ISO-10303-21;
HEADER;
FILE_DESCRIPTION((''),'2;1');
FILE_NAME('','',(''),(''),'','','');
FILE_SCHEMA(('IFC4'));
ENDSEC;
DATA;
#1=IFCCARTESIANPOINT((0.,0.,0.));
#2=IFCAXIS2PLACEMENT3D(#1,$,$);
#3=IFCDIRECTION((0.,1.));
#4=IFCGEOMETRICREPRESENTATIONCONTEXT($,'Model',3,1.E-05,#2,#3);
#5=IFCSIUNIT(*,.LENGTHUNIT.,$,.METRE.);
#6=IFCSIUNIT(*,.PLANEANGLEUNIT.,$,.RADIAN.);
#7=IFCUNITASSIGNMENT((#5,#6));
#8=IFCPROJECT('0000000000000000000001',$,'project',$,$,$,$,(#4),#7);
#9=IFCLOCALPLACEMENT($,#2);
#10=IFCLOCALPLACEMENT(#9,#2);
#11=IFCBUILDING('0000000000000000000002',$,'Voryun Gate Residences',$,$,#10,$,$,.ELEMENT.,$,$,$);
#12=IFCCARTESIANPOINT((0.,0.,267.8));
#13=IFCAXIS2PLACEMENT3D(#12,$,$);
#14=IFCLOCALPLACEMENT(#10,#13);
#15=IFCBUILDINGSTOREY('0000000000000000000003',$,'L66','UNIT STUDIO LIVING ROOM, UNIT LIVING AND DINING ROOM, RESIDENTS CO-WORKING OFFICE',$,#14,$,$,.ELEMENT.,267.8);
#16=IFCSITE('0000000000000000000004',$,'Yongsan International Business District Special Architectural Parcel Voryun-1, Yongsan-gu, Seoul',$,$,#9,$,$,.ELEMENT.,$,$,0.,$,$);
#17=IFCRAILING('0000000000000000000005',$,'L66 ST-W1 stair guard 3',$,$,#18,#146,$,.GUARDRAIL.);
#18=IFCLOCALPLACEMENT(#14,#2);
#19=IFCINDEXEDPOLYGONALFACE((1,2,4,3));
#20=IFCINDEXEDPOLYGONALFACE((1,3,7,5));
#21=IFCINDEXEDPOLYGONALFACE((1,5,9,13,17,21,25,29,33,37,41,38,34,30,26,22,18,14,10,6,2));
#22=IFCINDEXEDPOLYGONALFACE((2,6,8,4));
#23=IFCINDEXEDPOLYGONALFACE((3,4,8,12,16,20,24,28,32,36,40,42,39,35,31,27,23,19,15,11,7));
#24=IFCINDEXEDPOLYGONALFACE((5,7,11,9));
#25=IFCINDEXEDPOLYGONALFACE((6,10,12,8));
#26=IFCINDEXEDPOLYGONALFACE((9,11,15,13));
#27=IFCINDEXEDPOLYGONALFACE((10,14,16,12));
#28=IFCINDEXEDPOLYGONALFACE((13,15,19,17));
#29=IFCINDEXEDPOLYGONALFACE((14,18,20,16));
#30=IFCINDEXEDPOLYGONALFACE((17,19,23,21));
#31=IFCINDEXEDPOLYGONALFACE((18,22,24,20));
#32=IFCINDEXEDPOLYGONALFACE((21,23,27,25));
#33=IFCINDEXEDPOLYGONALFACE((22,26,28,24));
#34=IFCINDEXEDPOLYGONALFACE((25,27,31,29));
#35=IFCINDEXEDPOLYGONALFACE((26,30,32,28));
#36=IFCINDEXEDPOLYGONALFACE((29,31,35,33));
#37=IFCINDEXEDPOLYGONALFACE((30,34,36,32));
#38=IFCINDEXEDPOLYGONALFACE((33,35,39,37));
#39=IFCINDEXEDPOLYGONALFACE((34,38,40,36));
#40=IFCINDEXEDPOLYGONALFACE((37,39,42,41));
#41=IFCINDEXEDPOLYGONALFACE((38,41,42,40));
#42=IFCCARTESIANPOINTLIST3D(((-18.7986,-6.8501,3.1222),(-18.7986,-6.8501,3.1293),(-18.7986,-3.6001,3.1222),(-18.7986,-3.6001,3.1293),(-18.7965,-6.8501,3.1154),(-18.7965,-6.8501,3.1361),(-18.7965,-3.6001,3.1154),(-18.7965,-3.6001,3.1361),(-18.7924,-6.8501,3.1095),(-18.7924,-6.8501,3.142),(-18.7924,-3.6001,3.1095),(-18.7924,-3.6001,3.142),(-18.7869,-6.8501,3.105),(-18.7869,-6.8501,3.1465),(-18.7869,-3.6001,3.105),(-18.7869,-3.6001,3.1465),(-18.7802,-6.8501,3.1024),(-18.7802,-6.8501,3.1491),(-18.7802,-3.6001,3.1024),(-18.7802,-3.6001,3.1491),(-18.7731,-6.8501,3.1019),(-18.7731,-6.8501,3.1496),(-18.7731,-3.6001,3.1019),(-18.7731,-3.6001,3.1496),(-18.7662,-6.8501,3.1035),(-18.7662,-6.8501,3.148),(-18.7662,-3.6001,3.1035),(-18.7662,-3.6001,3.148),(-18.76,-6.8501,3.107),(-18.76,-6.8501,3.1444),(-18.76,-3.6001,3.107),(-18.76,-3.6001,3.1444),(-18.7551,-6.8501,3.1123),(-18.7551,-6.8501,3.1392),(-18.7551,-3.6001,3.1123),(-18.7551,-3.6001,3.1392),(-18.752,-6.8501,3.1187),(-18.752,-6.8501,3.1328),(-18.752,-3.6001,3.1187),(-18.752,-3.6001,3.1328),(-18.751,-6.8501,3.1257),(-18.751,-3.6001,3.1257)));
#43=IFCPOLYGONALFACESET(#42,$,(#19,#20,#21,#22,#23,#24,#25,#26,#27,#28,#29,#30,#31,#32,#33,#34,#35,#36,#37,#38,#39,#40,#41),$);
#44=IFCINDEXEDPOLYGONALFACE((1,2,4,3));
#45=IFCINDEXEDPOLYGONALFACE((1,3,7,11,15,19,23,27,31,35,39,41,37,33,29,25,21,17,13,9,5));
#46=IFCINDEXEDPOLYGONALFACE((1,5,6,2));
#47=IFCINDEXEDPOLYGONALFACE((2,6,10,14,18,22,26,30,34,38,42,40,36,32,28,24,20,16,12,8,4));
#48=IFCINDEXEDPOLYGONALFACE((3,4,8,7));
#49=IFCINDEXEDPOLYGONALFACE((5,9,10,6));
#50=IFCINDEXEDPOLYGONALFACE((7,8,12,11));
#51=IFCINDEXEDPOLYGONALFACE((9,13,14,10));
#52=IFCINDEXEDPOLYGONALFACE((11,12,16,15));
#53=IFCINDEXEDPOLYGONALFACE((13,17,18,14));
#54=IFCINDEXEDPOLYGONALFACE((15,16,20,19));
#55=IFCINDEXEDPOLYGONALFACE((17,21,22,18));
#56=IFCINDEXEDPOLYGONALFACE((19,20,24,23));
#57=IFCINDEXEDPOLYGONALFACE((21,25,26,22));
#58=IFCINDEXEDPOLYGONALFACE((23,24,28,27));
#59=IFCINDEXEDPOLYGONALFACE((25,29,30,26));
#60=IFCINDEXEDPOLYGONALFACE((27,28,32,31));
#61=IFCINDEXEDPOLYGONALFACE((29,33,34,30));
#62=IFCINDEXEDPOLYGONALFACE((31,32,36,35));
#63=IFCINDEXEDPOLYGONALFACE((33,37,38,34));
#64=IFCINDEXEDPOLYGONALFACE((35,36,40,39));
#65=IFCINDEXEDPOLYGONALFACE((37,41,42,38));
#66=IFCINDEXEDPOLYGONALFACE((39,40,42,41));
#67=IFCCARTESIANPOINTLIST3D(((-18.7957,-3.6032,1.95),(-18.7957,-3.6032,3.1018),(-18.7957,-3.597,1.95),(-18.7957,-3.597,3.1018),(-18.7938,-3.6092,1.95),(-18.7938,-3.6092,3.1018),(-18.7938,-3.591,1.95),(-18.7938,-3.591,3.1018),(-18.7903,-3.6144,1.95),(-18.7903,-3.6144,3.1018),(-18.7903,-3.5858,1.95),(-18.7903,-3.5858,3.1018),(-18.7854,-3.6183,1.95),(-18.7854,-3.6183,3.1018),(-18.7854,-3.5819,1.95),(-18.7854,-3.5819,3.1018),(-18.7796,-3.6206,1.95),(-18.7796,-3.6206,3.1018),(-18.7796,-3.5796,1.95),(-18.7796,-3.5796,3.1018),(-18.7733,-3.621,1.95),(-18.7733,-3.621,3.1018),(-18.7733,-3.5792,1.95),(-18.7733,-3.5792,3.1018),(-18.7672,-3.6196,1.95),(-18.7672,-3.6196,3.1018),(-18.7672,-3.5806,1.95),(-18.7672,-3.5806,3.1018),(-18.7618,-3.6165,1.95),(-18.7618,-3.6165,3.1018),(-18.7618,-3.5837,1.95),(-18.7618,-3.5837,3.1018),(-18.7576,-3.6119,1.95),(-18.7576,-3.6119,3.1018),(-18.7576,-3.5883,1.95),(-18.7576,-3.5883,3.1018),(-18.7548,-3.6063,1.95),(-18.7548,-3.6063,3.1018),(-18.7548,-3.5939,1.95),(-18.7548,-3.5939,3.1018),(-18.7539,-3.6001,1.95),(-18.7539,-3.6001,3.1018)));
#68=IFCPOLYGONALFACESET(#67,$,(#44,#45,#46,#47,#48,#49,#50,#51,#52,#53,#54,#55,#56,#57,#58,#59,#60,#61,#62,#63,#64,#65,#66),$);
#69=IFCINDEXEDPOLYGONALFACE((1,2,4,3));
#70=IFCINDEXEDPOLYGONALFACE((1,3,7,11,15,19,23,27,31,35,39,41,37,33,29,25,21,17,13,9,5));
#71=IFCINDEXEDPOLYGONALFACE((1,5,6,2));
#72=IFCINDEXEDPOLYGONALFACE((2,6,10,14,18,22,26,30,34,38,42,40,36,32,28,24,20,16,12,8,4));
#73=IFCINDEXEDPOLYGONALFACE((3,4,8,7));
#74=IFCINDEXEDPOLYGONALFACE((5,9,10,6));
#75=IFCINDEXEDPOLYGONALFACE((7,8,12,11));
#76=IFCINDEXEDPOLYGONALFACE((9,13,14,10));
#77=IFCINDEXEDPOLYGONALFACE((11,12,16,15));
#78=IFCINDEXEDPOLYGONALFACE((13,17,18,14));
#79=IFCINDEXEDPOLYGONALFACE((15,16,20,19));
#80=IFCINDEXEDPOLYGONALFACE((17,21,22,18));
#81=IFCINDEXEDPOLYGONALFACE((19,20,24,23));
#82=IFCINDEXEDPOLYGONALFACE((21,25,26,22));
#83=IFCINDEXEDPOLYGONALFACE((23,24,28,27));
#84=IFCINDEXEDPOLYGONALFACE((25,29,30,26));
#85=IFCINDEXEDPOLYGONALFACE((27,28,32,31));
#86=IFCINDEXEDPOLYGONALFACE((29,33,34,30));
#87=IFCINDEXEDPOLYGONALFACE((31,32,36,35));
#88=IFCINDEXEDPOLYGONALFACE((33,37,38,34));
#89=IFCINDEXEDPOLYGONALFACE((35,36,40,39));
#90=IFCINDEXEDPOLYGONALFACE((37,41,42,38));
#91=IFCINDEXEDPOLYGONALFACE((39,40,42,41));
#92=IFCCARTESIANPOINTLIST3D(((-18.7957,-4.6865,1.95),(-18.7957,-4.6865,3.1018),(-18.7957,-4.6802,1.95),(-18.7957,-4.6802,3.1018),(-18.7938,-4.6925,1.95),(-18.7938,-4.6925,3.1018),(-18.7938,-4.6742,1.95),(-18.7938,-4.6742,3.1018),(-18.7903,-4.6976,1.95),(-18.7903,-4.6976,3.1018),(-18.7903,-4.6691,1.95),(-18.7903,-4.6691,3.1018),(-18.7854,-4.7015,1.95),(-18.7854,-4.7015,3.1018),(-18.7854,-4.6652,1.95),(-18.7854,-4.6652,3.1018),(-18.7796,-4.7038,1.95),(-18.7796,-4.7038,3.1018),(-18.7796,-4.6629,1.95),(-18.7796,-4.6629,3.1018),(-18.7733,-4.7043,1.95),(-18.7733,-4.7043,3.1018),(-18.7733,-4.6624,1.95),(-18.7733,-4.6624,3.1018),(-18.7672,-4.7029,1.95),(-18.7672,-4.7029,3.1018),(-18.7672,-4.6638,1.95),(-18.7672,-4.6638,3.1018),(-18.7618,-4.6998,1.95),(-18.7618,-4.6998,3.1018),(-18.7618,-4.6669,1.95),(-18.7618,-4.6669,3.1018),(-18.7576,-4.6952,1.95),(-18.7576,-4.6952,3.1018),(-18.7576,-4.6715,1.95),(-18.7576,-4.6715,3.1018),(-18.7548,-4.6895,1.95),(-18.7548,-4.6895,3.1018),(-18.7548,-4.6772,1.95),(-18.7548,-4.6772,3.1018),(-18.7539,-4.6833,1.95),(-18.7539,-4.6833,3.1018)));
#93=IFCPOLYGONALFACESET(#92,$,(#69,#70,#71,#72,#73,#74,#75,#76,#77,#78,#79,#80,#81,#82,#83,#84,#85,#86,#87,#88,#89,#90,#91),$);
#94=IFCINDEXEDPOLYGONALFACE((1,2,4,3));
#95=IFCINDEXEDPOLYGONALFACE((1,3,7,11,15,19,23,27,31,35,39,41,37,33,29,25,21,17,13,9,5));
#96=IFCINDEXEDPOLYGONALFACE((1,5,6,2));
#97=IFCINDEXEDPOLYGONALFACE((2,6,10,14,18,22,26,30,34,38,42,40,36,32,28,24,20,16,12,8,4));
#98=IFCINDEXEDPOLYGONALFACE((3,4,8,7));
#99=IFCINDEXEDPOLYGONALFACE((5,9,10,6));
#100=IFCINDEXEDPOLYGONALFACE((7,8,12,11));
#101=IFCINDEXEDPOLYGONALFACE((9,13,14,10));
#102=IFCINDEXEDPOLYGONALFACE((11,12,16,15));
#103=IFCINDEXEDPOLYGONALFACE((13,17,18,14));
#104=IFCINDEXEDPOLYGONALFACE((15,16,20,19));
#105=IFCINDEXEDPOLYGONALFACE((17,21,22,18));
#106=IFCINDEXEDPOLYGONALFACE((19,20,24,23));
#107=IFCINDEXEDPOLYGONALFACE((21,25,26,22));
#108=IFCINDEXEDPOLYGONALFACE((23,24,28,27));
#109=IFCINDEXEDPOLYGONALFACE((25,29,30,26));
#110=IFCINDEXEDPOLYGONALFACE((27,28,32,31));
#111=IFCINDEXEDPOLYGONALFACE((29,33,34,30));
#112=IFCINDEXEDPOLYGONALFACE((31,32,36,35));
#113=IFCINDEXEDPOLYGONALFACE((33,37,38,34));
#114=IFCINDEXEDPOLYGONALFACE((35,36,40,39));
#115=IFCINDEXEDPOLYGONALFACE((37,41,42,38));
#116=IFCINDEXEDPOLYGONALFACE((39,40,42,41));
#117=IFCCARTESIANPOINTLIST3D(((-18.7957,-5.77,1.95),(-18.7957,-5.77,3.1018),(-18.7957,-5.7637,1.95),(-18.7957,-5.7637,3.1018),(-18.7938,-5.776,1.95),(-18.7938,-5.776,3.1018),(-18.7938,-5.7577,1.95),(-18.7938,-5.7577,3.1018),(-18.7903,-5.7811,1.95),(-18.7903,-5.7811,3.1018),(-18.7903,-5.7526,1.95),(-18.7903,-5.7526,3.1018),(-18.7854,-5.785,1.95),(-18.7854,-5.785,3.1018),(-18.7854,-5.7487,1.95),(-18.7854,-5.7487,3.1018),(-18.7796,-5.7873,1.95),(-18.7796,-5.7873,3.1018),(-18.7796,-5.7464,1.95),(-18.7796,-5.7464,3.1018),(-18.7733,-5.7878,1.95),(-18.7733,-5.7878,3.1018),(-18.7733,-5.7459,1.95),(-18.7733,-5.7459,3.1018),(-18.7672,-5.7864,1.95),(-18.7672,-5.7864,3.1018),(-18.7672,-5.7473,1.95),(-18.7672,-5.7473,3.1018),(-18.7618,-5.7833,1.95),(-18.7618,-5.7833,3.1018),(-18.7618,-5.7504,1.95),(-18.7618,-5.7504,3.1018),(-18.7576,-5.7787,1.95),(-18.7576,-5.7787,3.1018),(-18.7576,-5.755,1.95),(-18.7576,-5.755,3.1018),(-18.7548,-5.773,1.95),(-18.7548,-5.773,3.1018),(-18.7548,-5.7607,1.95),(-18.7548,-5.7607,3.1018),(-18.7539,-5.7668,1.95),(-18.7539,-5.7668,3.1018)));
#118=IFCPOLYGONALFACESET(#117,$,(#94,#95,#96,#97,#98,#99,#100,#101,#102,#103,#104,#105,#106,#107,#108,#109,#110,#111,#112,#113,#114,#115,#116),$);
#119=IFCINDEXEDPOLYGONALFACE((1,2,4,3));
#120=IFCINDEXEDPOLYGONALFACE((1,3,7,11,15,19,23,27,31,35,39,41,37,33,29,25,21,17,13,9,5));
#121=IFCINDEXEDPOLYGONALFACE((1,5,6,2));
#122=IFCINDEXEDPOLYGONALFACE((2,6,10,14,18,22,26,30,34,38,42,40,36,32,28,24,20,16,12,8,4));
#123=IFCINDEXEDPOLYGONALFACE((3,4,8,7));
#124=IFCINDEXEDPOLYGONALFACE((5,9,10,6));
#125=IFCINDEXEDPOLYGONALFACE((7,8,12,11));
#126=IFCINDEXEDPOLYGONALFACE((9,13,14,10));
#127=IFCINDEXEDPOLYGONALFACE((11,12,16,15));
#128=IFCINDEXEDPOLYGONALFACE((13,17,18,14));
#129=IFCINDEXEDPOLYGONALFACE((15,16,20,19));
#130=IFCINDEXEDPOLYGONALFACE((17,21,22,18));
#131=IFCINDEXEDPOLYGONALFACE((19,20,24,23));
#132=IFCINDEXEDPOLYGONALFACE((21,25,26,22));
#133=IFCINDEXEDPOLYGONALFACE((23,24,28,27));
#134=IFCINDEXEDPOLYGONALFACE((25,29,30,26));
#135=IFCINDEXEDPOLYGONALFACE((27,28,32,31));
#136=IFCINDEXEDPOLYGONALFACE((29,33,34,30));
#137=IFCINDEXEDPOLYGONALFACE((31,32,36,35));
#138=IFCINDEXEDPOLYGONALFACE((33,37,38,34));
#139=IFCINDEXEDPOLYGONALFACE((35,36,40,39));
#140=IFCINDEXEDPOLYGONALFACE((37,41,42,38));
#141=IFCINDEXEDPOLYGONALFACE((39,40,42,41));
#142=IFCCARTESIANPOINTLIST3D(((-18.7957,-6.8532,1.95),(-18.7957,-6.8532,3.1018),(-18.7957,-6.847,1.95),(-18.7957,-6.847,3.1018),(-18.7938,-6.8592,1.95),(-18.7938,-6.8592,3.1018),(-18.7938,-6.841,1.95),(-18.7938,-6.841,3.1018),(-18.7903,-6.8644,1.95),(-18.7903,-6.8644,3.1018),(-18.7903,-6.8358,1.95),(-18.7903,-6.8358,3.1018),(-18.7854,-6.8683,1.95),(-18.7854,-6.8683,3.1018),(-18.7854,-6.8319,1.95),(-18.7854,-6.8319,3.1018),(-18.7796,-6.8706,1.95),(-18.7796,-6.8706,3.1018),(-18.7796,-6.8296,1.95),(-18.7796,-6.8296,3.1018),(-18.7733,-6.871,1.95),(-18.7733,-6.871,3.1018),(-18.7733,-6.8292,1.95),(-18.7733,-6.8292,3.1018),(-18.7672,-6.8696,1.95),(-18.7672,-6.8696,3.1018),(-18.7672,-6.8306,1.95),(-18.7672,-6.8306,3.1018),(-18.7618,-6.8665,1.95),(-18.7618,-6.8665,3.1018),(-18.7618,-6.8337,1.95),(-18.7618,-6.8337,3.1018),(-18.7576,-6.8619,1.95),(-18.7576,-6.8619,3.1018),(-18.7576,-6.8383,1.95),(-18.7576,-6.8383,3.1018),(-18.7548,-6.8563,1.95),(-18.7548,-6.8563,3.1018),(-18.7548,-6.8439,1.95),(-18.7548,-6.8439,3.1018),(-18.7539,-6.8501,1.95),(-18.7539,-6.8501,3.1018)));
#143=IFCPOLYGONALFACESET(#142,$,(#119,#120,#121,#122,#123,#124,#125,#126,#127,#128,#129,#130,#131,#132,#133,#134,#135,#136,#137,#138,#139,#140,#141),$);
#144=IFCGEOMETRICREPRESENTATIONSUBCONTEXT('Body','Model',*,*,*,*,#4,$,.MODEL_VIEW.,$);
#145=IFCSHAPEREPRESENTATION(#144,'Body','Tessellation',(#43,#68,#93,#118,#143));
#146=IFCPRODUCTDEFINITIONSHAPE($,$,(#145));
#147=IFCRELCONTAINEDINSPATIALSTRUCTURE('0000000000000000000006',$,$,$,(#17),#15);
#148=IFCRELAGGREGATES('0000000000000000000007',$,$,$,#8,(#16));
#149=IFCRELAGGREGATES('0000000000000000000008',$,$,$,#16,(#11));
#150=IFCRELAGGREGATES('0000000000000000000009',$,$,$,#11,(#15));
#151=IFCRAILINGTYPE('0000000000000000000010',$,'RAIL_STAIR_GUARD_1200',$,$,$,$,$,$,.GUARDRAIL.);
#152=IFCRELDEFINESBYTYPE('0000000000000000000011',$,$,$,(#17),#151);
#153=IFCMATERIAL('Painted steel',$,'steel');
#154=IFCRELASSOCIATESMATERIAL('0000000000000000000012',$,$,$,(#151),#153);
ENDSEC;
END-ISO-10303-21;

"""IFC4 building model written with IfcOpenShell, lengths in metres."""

from ifc_helpers import new_model, si_unit, direction, frame, origin, origin_2d, place, context, subcontext, project, spatial, circle, extrude, material, type_object, element, save


model = new_model("IFC4")

# Units and contexts
model_context = context("Model", 3, precision=1e-05, world=origin(), true_north=direction((0.0, 1.0)))
body_context = subcontext(model_context, "Body", "Model", "MODEL_VIEW")
ifc_project = project(units=[si_unit("LENGTHUNIT", "METRE"), si_unit("PLANEANGLEUNIT", "RADIAN")], contexts=[model_context])

# Site, building, storey
site_placement = place(None, origin())
site = spatial("IfcSite", under=ifc_project, at=site_placement, Name="Yongsan International Business District Special Architectural Parcel Voryun-1, Yongsan-gu, Seoul", CompositionType="ELEMENT", RefElevation=0.0)
building_placement = place(site_placement, origin())
building = spatial("IfcBuilding", under=site, at=building_placement, Name="Voryun Gate Residences", CompositionType="ELEMENT")
storey_placement = place(building_placement, frame((0.0, 0.0, 267.8)))
storey = spatial("IfcBuildingStorey", under=building, at=storey_placement, Name="L66", Description="UNIT STUDIO LIVING ROOM, UNIT LIVING AND DINING ROOM, RESIDENTS CO-WORKING OFFICE", CompositionType="ELEMENT", Elevation=267.8)

# Railing
ifc_material_1 = material(Name="Painted steel", Category="steel")
railing_type_1 = type_object("IfcRailingType", Name="RAIL_STAIR_GUARD_1200", PredefinedType="GUARDRAIL", material=ifc_material_1)
railing_1_placement = place(storey_placement, frame((-18.7749, -3.6001, 1.95)))
element("IfcRailing", 1, at=railing_1_placement, inside=storey, type_object=railing_type_1, Name="L66 ST-W1 stair guard 3", PredefinedType="GUARDRAIL", context=body_context, shape_type="SweptSolid", body=[
    extrude(circle(Radius=0.0239, at=origin_2d()), frame((0.0, 0.0, 1.1758), z_axis=(0.0, -1.0, 0.0), x_axis=(1.0, 0.0, 0.0)), (0.0, 0.0, 1.0), 3.25),
    extrude(circle(Radius=0.021, at=origin_2d()), origin(), (0.0, 0.0, 1.0), 1.1519),
    extrude(circle(Radius=0.021, at=origin_2d()), frame((0.0, -1.0833, 0.0)), (0.0, 0.0, 1.0), 1.1519),
    extrude(circle(Radius=0.021, at=origin_2d()), frame((0.0, -2.1667, 0.0)), (0.0, 0.0, 1.0), 1.1519),
    extrude(circle(Radius=0.021, at=origin_2d()), frame((0.0, -3.25, 0.0)), (0.0, 0.0, 1.0), 1.1519),
])

save(model, "model.ifc")
